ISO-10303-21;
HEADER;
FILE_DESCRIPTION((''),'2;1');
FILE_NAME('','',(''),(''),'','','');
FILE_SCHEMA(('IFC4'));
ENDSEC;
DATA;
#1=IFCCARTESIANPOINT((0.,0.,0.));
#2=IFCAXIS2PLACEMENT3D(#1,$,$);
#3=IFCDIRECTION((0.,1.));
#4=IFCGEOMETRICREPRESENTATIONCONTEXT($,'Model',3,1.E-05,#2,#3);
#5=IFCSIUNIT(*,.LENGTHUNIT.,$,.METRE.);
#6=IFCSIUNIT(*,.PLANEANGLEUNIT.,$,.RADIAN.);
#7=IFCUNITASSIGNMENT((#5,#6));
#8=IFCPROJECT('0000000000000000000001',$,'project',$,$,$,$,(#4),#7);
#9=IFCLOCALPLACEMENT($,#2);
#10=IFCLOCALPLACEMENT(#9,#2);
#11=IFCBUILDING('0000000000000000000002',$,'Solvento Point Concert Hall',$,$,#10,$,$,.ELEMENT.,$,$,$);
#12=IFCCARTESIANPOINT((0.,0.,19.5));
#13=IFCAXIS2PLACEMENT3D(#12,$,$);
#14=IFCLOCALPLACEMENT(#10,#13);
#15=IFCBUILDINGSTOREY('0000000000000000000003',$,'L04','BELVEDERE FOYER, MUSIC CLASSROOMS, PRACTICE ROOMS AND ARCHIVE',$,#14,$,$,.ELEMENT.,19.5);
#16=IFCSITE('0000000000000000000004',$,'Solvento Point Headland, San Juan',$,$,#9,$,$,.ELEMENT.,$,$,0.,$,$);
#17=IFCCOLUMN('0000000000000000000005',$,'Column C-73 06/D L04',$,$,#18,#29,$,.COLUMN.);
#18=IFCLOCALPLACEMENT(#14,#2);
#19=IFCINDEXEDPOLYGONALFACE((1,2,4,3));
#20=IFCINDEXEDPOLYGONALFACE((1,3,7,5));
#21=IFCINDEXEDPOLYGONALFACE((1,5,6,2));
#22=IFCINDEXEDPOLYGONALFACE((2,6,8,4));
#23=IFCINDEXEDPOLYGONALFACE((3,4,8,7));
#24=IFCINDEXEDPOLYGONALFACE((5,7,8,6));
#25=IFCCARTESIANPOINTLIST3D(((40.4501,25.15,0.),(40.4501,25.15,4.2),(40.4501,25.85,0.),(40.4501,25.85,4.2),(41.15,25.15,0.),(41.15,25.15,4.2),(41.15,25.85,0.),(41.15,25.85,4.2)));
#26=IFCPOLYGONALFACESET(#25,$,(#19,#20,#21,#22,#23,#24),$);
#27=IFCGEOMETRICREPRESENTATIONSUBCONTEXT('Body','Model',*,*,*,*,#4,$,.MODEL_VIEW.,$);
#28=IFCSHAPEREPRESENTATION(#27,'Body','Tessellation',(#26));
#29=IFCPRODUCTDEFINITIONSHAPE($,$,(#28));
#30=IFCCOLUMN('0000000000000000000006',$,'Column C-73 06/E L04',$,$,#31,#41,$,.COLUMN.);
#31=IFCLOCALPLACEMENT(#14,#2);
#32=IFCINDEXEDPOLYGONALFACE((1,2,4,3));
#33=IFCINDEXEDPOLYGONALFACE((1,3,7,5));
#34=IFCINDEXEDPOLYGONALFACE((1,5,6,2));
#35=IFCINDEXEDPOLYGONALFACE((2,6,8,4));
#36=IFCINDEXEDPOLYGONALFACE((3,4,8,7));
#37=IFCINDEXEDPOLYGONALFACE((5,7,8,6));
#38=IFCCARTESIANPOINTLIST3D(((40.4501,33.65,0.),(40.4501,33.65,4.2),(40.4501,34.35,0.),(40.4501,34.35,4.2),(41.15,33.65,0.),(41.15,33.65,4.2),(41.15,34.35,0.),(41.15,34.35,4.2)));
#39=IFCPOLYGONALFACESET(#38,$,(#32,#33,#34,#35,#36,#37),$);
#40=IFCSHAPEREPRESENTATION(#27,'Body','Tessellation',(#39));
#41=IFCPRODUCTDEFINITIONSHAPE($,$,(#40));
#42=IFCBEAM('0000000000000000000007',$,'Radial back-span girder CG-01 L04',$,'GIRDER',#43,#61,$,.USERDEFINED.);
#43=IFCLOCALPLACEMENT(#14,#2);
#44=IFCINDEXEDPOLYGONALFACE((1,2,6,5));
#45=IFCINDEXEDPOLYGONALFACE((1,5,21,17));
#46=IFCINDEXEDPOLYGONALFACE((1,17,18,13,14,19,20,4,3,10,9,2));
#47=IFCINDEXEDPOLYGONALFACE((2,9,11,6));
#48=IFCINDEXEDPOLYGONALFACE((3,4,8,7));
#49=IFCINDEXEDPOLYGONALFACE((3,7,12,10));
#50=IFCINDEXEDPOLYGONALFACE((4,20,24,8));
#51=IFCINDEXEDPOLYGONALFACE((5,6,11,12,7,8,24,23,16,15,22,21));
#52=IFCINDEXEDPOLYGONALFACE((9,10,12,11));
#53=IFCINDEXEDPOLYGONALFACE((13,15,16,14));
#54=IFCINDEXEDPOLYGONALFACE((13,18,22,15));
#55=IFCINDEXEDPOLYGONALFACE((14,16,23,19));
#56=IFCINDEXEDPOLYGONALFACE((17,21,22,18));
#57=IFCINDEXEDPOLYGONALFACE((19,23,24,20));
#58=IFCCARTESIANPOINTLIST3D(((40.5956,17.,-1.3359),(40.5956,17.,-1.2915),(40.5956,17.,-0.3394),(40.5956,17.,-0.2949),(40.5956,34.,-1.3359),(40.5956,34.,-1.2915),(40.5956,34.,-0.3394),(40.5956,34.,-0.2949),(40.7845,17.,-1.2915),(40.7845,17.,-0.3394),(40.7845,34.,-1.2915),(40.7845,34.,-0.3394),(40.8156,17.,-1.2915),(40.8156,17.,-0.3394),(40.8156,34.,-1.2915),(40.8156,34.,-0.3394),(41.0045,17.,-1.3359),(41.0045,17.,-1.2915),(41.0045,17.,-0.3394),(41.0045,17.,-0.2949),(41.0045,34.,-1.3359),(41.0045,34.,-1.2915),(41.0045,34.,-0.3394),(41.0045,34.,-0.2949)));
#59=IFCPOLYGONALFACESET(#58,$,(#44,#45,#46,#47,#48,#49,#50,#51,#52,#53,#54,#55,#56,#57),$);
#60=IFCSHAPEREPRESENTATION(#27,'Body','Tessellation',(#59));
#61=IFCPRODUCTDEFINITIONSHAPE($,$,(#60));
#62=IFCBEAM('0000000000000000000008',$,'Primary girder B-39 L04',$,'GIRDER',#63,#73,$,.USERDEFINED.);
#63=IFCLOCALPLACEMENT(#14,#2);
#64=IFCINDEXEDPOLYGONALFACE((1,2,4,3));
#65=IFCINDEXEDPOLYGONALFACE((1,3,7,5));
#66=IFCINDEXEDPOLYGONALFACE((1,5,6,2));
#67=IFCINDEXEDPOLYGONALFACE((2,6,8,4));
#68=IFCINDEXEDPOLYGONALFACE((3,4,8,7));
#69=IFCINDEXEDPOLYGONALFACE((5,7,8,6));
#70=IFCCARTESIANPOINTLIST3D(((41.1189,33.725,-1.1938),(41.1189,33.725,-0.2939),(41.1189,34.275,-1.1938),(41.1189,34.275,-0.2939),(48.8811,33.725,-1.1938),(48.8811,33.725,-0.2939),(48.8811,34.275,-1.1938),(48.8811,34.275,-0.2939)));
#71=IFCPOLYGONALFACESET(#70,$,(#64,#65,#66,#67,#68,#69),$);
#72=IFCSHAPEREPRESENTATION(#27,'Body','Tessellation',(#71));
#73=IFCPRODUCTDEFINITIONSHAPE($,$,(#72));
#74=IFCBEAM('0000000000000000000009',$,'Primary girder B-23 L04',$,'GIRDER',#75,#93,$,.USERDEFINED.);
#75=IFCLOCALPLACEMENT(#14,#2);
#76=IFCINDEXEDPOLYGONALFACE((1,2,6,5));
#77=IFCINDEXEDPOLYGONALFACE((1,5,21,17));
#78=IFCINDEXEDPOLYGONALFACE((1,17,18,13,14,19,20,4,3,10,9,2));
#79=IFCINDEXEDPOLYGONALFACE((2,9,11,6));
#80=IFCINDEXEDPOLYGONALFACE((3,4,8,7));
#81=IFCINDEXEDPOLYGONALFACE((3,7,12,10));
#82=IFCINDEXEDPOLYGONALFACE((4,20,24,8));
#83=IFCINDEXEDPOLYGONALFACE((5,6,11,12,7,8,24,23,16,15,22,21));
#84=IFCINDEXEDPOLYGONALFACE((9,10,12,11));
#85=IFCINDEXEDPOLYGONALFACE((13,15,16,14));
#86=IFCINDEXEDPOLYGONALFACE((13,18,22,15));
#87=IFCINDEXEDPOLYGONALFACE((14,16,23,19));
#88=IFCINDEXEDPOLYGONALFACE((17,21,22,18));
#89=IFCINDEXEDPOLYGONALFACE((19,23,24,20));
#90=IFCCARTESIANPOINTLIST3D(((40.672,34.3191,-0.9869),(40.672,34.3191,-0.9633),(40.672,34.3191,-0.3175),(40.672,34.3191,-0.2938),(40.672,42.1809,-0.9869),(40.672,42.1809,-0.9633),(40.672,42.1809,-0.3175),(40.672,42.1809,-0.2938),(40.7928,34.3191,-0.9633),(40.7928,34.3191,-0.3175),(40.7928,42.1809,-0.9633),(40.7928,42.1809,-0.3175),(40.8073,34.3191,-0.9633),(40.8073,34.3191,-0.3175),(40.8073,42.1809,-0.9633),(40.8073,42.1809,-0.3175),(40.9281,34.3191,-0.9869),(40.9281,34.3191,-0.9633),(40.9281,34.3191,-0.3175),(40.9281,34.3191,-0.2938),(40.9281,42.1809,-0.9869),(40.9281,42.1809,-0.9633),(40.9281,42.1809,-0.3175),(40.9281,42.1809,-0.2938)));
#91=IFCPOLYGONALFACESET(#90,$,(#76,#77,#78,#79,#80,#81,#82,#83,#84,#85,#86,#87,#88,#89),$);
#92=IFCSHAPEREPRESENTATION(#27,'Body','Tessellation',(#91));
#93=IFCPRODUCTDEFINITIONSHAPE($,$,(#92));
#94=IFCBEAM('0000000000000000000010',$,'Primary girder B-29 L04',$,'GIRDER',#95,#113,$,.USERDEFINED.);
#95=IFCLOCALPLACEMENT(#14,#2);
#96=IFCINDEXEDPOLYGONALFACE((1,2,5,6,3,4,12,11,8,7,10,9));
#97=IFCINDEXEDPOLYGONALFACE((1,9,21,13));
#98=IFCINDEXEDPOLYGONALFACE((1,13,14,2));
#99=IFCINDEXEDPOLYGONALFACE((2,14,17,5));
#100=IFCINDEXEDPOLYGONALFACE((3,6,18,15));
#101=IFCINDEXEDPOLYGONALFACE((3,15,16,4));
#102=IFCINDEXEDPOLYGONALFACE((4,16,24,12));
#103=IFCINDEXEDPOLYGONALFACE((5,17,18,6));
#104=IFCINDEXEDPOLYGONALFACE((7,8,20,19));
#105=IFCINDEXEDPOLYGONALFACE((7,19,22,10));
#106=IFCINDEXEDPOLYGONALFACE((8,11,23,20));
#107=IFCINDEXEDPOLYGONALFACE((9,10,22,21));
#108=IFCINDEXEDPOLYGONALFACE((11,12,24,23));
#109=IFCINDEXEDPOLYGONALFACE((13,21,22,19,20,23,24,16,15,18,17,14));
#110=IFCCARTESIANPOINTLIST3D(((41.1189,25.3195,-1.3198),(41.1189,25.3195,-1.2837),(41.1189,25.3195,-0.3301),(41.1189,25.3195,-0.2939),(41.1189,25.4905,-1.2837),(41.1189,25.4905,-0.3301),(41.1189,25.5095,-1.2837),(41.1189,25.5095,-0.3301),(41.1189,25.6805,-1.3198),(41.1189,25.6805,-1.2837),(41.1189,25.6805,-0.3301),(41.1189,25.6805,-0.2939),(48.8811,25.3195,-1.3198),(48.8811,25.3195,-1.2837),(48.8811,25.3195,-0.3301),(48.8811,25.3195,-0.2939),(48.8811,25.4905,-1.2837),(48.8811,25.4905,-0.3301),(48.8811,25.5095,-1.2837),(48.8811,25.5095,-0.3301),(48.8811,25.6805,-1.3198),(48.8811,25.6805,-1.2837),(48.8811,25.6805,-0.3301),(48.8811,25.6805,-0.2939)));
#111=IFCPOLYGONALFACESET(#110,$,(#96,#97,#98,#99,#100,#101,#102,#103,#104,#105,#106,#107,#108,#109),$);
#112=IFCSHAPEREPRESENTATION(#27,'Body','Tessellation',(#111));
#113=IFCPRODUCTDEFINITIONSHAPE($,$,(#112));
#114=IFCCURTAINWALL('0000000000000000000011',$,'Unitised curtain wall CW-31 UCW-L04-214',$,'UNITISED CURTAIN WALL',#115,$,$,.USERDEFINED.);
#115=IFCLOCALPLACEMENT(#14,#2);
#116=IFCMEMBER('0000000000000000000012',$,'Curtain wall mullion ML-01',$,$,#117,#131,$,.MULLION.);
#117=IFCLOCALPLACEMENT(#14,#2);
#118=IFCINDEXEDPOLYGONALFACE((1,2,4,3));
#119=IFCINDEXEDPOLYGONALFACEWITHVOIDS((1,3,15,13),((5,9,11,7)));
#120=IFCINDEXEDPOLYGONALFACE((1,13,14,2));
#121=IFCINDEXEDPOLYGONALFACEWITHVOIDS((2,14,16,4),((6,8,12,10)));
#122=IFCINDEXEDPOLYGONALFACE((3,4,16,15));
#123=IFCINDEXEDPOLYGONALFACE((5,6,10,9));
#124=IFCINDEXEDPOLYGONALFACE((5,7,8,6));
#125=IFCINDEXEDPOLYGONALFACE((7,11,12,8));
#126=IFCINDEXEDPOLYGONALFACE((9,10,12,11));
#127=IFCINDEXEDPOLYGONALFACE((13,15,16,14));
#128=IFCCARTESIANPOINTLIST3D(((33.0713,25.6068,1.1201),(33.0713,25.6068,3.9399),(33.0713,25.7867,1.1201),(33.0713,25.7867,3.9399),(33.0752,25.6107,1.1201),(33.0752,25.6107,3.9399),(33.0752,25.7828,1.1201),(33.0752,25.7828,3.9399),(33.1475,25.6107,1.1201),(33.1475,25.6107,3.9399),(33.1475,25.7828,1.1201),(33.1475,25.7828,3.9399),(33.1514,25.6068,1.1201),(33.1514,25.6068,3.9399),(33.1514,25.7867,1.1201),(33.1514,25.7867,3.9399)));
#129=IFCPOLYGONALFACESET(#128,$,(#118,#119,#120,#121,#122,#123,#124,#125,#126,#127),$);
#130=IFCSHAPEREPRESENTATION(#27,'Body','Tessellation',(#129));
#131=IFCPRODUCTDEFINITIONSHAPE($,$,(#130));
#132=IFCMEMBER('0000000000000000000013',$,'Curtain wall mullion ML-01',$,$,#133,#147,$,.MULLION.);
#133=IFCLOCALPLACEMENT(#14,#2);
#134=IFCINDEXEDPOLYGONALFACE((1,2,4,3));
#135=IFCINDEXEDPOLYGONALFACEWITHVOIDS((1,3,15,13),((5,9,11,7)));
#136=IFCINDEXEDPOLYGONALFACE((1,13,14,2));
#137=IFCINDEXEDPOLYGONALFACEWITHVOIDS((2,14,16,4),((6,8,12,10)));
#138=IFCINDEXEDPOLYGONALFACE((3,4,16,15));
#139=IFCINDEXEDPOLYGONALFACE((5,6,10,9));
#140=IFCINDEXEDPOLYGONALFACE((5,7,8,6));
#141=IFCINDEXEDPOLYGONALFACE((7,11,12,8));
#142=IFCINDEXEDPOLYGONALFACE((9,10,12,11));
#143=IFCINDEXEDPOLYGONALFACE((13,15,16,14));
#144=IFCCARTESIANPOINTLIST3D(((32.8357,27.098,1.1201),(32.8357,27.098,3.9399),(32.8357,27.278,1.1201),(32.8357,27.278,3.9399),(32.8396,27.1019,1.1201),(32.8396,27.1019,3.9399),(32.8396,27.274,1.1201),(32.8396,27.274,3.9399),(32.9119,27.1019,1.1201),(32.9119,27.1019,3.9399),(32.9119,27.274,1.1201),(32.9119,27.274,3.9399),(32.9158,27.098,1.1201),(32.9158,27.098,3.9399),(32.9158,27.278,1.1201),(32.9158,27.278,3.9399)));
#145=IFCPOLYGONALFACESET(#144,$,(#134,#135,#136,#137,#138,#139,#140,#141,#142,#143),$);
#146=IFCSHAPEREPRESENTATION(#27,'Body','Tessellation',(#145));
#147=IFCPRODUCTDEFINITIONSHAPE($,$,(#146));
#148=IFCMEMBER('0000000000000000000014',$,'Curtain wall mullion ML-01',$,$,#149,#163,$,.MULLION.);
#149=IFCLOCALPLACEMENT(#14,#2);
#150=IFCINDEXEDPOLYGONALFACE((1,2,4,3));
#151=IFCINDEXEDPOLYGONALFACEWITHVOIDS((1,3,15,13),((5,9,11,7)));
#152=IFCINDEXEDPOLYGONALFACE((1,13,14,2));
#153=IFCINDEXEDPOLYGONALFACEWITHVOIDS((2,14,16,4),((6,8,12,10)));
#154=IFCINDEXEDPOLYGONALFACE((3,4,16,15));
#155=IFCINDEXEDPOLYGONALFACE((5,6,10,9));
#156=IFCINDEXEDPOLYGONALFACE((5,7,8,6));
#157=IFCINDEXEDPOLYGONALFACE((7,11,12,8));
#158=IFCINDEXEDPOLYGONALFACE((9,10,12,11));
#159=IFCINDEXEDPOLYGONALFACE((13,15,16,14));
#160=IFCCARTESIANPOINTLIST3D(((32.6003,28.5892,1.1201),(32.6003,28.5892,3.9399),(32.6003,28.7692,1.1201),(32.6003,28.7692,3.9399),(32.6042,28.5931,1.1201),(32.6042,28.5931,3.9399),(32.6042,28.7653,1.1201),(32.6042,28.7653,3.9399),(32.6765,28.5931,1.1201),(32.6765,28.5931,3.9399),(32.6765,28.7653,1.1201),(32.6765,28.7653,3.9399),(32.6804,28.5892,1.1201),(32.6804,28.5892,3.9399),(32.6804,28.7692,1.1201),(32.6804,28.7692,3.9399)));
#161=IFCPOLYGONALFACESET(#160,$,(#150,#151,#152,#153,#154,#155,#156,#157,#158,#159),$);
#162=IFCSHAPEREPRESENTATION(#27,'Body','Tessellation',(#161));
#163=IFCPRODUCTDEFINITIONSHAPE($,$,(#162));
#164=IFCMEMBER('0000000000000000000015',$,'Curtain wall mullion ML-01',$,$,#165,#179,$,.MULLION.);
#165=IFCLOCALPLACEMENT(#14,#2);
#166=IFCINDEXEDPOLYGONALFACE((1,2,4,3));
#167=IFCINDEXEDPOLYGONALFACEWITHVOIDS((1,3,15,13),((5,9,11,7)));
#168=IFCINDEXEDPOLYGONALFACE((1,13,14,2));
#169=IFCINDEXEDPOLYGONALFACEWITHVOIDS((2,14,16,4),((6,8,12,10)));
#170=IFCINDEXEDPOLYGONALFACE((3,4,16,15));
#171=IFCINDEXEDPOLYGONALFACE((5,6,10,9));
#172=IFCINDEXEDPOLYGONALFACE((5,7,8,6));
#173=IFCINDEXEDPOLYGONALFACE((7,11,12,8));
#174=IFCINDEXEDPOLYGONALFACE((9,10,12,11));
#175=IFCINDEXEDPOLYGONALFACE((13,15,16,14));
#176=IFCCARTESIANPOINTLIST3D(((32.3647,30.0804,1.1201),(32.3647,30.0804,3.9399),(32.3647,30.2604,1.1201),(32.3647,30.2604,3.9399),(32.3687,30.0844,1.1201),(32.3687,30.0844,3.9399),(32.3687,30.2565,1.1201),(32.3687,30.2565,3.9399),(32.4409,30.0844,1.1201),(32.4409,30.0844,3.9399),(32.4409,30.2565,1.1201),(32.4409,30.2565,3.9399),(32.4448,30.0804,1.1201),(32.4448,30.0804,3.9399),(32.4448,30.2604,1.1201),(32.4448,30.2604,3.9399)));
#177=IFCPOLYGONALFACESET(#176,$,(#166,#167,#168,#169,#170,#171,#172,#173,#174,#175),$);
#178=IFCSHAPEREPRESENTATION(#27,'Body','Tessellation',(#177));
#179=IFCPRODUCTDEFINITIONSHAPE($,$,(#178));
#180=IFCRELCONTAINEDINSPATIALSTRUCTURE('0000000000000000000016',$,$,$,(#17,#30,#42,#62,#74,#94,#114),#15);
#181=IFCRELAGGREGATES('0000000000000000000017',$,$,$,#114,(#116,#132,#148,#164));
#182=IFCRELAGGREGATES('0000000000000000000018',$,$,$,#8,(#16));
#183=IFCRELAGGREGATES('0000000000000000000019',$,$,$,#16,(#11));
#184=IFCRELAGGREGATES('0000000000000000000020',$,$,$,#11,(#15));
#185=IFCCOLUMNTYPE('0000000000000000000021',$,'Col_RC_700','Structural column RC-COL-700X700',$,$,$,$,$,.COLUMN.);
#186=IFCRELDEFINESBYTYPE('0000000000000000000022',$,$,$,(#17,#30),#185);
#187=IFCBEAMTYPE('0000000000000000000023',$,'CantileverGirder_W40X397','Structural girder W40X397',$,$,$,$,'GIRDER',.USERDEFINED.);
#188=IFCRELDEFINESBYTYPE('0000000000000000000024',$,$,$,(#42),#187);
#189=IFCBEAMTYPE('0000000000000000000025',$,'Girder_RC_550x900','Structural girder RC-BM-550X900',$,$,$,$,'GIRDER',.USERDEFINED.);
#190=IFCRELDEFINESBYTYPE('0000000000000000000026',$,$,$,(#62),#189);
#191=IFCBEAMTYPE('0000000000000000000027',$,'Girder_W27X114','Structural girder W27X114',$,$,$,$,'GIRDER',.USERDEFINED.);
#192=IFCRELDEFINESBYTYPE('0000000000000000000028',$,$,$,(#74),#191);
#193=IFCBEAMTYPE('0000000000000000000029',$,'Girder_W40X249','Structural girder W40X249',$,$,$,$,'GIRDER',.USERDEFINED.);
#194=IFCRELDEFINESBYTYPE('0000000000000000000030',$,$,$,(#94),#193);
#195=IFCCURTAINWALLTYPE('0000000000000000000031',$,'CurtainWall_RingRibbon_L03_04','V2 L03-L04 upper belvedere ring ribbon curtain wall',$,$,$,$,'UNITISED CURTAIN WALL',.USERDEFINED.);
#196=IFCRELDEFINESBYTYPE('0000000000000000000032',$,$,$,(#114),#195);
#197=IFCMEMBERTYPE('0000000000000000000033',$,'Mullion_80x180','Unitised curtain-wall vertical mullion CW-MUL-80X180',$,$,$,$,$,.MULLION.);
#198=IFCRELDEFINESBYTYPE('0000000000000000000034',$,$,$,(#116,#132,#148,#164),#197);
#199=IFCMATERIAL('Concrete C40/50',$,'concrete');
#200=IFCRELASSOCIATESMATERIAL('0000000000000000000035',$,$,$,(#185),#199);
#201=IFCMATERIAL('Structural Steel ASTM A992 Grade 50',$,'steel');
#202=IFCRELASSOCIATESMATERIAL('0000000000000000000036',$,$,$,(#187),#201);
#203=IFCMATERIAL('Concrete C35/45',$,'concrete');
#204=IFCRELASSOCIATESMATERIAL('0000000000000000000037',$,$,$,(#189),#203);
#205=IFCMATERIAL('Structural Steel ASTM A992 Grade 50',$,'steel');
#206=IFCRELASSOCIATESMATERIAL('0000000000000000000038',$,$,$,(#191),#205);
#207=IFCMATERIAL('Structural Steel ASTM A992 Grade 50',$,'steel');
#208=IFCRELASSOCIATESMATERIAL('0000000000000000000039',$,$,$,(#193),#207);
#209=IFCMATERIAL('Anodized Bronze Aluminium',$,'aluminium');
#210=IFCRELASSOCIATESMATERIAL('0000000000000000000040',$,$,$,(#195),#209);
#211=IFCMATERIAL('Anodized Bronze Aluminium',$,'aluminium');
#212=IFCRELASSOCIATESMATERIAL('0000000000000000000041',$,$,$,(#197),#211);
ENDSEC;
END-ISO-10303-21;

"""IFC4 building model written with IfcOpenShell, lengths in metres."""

from ifc_helpers import new_model, si_unit, direction, frame, origin, origin_2d, place, context, subcontext, project, spatial, rectangle, hollow_rectangle, i_section, extrude, material, material_profile, profile_set, type_object, element, aggregate, save


model = new_model("IFC4")

# Units and contexts
model_context = context("Model", 3, precision=1e-05, world=origin(), true_north=direction((0.0, 1.0)))
body_context = subcontext(model_context, "Body", "Model", "MODEL_VIEW")
ifc_project = project(units=[si_unit("LENGTHUNIT", "METRE"), si_unit("PLANEANGLEUNIT", "RADIAN")], contexts=[model_context])

# Site, building, storey
site_placement = place(None, origin())
site = spatial("IfcSite", under=ifc_project, at=site_placement, Name="Solvento Point Headland, San Juan", CompositionType="ELEMENT", RefElevation=0.0)
building_placement = place(site_placement, origin())
building = spatial("IfcBuilding", under=site, at=building_placement, Name="Solvento Point Concert Hall", CompositionType="ELEMENT")
storey_placement = place(building_placement, frame((0.0, 0.0, 19.5)))
storey = spatial("IfcBuildingStorey", under=building, at=storey_placement, Name="L04", Description="BELVEDERE FOYER, MUSIC CLASSROOMS, PRACTICE ROOMS AND ARCHIVE", CompositionType="ELEMENT", Elevation=19.5)

# Columns
ifc_material_1 = material(Name="Concrete C40/50", Category="concrete")
ifc_material_profile_1 = material_profile(ifc_material_1, rectangle(XDim=0.7, YDim=0.7, at=origin_2d()), Name="RC-COL-700X700")
ifc_profile_set_1 = profile_set([ifc_material_profile_1], Name="Concrete C40/50")
column_type = type_object("IfcColumnType", Name="Col_RC_700", Description="Structural column RC-COL-700X700", PredefinedType="COLUMN", material=ifc_profile_set_1)
for number, where, z_axis, x_axis, name in (
    (1, (40.8, 25.5, 0.0), (0.0, 0.0, 1.0), (1.0, 0.0, 0.0), "Column C-73 06/D L04"),
    (2, (40.8, 34.0, 0.0), (0.0, 0.0, 1.0), (1.0, 0.0, 0.0), "Column C-73 06/E L04"),
):
    element("IfcColumn", number, at=place(storey_placement, frame(where, z_axis=z_axis, x_axis=x_axis)), inside=storey, type_object=column_type, Name=name, PredefinedType="COLUMN", context=body_context, shape_type="SweptSolid", body=[
        extrude(rectangle(XDim=0.7, YDim=0.7, at=origin_2d()), origin(), (0.0, 0.0, 1.0), 4.2),
    ])

# Beams
ifc_material_2 = material(Name="Structural Steel ASTM A992 Grade 50", Category="steel")
ifc_material_profile_2 = material_profile(ifc_material_2, i_section(OverallWidth=0.4089, OverallDepth=1.041, WebThickness=0.031, FlangeThickness=0.0444, at=origin_2d()), Name="W40X397")
ifc_profile_set_2 = profile_set([ifc_material_profile_2], Name="Structural Steel ASTM A992 Grade 50")
beam_type_1 = type_object("IfcBeamType", Name="CantileverGirder_W40X397", Description="Structural girder W40X397", ElementType="GIRDER", PredefinedType="USERDEFINED", material=ifc_profile_set_2)
beam_1_placement = place(storey_placement, frame((40.8, 34.0, -0.8154), z_axis=(0.0, -1.0, 0.0), x_axis=(1.0, 0.0, 0.0)))
element("IfcBeam", 3, at=beam_1_placement, inside=storey, type_object=beam_type_1, Name="Radial back-span girder CG-01 L04", ObjectType="GIRDER", PredefinedType="USERDEFINED", context=body_context, shape_type="SweptSolid", body=[
    extrude(i_section(OverallWidth=0.4089, OverallDepth=1.041, WebThickness=0.031, FlangeThickness=0.0444, at=origin_2d()), origin(), (0.0, 0.0, 1.0), 17.0),
])
ifc_material_3 = material(Name="Concrete C35/45", Category="concrete")
ifc_material_profile_3 = material_profile(ifc_material_3, rectangle(XDim=0.55, YDim=0.8999, at=origin_2d()), Name="RC-BM-550X900")
ifc_profile_set_3 = profile_set([ifc_material_profile_3], Name="Concrete C35/45")
beam_type_2 = type_object("IfcBeamType", Name="Girder_RC_550x900", Description="Structural girder RC-BM-550X900", ElementType="GIRDER", PredefinedType="USERDEFINED", material=ifc_profile_set_3)
beam_2_placement = place(storey_placement, frame((41.1189, 34.0, -0.7439), z_axis=(1.0, 0.0, 0.0), x_axis=(0.0, 1.0, 0.0)))
element("IfcBeam", 4, at=beam_2_placement, inside=storey, type_object=beam_type_2, Name="Primary girder B-39 L04", ObjectType="GIRDER", PredefinedType="USERDEFINED", context=body_context, shape_type="SweptSolid", body=[
    extrude(rectangle(XDim=0.55, YDim=0.8999, at=origin_2d()), origin(), (0.0, 0.0, 1.0), 7.7622),
])
ifc_material_4 = material(Name="Structural Steel ASTM A992 Grade 50", Category="steel")
ifc_material_profile_4 = material_profile(ifc_material_4, i_section(OverallWidth=0.2561, OverallDepth=0.6931, WebThickness=0.0144, FlangeThickness=0.0237, at=origin_2d()), Name="W27X114")
ifc_profile_set_4 = profile_set([ifc_material_profile_4], Name="Structural Steel ASTM A992 Grade 50")
beam_type_3 = type_object("IfcBeamType", Name="Girder_W27X114", Description="Structural girder W27X114", ElementType="GIRDER", PredefinedType="USERDEFINED", material=ifc_profile_set_4)
beam_3_placement = place(storey_placement, frame((40.8, 34.3191, -0.6404), z_axis=(0.0, 1.0, 0.0), x_axis=(-1.0, 0.0, 0.0)))
element("IfcBeam", 5, at=beam_3_placement, inside=storey, type_object=beam_type_3, Name="Primary girder B-23 L04", ObjectType="GIRDER", PredefinedType="USERDEFINED", context=body_context, shape_type="SweptSolid", body=[
    extrude(i_section(OverallWidth=0.2561, OverallDepth=0.6931, WebThickness=0.0144, FlangeThickness=0.0237, at=origin_2d()), origin(), (0.0, 0.0, 1.0), 7.8618),
])
ifc_material_5 = material(Name="Structural Steel ASTM A992 Grade 50", Category="steel")
ifc_material_profile_5 = material_profile(ifc_material_5, i_section(OverallWidth=0.3611, OverallDepth=1.0259, WebThickness=0.019, FlangeThickness=0.0361, at=origin_2d()), Name="W40X249")
ifc_profile_set_5 = profile_set([ifc_material_profile_5], Name="Structural Steel ASTM A992 Grade 50")
beam_type_4 = type_object("IfcBeamType", Name="Girder_W40X249", Description="Structural girder W40X249", ElementType="GIRDER", PredefinedType="USERDEFINED", material=ifc_profile_set_5)
beam_4_placement = place(storey_placement, frame((41.1189, 25.5, -0.8069), z_axis=(1.0, 0.0, 0.0), x_axis=(0.0, 1.0, 0.0)))
element("IfcBeam", 6, at=beam_4_placement, inside=storey, type_object=beam_type_4, Name="Primary girder B-29 L04", ObjectType="GIRDER", PredefinedType="USERDEFINED", context=body_context, shape_type="SweptSolid", body=[
    extrude(i_section(OverallWidth=0.3611, OverallDepth=1.0259, WebThickness=0.019, FlangeThickness=0.0361, at=origin_2d()), origin(), (0.0, 0.0, 1.0), 7.7622),
])

# Curtain wall, members
ifc_material_6 = material(Name="Anodized Bronze Aluminium", Category="aluminium")
curtain_wall_type = type_object("IfcCurtainWallType", Name="CurtainWall_RingRibbon_L03_04", Description="V2 L03-L04 upper belvedere ring ribbon curtain wall", ElementType="UNITISED CURTAIN WALL", PredefinedType="USERDEFINED", material=ifc_material_6)
curtain_wall_1_placement = place(storey_placement, origin())
curtain_wall_1 = element("IfcCurtainWall", 7, at=curtain_wall_1_placement, inside=storey, type_object=curtain_wall_type, Name="Unitised curtain wall CW-31 UCW-L04-214", ObjectType="UNITISED CURTAIN WALL", PredefinedType="USERDEFINED")
ifc_material_7 = material(Name="Anodized Bronze Aluminium", Category="aluminium")
ifc_material_profile_6 = material_profile(ifc_material_7, hollow_rectangle(XDim=0.0801, YDim=0.1799, WallThickness=0.0039, at=origin_2d()), Name="CW-MUL-80X180")
ifc_profile_set_6 = profile_set([ifc_material_profile_6], Name="Anodized Bronze Aluminium")
member_type_1 = type_object("IfcMemberType", Name="Mullion_80x180", Description="Unitised curtain-wall vertical mullion CW-MUL-80X180", PredefinedType="MULLION", material=ifc_profile_set_6)
member_1_placement = place(storey_placement, frame((33.1113, 25.6968, 1.1201), z_axis=(0.0, 0.0, 1.0), x_axis=(1.0, 0.0, 0.0)))
member_1 = element("IfcMember", 8, at=member_1_placement, type_object=member_type_1, Name="Curtain wall mullion ML-01", PredefinedType="MULLION", context=body_context, shape_type="SweptSolid", body=[
    extrude(hollow_rectangle(XDim=0.0801, YDim=0.1799, WallThickness=0.0039, at=origin_2d()), origin(), (0.0, 0.0, 1.0), 2.8198),
])
member_2_placement = place(storey_placement, frame((32.8757, 27.188, 1.1201), z_axis=(0.0, 0.0, 1.0), x_axis=(1.0, 0.0, 0.0)))
member_2 = element("IfcMember", 9, at=member_2_placement, type_object=member_type_1, Name="Curtain wall mullion ML-01", PredefinedType="MULLION", context=body_context, shape_type="SweptSolid", body=[
    extrude(hollow_rectangle(XDim=0.0801, YDim=0.1799, WallThickness=0.0039, at=origin_2d()), origin(), (0.0, 0.0, 1.0), 2.8198),
])
member_3_placement = place(storey_placement, frame((32.6404, 28.6792, 1.1201), z_axis=(0.0, 0.0, 1.0), x_axis=(1.0, 0.0, 0.0)))
member_3 = element("IfcMember", 10, at=member_3_placement, type_object=member_type_1, Name="Curtain wall mullion ML-01", PredefinedType="MULLION", context=body_context, shape_type="SweptSolid", body=[
    extrude(hollow_rectangle(XDim=0.0801, YDim=0.1799, WallThickness=0.0039, at=origin_2d()), origin(), (0.0, 0.0, 1.0), 2.8198),
])
member_4_placement = place(storey_placement, frame((32.4048, 30.1704, 1.1201), z_axis=(0.0, 0.0, 1.0), x_axis=(1.0, 0.0, 0.0)))
member_4 = element("IfcMember", 11, at=member_4_placement, type_object=member_type_1, Name="Curtain wall mullion ML-01", PredefinedType="MULLION", context=body_context, shape_type="SweptSolid", body=[
    extrude(hollow_rectangle(XDim=0.0801, YDim=0.1799, WallThickness=0.0039, at=origin_2d()), origin(), (0.0, 0.0, 1.0), 2.8198),
])

aggregate(curtain_wall_1, [member_1, member_2, member_3, member_4])

save(model, "model.ifc")
